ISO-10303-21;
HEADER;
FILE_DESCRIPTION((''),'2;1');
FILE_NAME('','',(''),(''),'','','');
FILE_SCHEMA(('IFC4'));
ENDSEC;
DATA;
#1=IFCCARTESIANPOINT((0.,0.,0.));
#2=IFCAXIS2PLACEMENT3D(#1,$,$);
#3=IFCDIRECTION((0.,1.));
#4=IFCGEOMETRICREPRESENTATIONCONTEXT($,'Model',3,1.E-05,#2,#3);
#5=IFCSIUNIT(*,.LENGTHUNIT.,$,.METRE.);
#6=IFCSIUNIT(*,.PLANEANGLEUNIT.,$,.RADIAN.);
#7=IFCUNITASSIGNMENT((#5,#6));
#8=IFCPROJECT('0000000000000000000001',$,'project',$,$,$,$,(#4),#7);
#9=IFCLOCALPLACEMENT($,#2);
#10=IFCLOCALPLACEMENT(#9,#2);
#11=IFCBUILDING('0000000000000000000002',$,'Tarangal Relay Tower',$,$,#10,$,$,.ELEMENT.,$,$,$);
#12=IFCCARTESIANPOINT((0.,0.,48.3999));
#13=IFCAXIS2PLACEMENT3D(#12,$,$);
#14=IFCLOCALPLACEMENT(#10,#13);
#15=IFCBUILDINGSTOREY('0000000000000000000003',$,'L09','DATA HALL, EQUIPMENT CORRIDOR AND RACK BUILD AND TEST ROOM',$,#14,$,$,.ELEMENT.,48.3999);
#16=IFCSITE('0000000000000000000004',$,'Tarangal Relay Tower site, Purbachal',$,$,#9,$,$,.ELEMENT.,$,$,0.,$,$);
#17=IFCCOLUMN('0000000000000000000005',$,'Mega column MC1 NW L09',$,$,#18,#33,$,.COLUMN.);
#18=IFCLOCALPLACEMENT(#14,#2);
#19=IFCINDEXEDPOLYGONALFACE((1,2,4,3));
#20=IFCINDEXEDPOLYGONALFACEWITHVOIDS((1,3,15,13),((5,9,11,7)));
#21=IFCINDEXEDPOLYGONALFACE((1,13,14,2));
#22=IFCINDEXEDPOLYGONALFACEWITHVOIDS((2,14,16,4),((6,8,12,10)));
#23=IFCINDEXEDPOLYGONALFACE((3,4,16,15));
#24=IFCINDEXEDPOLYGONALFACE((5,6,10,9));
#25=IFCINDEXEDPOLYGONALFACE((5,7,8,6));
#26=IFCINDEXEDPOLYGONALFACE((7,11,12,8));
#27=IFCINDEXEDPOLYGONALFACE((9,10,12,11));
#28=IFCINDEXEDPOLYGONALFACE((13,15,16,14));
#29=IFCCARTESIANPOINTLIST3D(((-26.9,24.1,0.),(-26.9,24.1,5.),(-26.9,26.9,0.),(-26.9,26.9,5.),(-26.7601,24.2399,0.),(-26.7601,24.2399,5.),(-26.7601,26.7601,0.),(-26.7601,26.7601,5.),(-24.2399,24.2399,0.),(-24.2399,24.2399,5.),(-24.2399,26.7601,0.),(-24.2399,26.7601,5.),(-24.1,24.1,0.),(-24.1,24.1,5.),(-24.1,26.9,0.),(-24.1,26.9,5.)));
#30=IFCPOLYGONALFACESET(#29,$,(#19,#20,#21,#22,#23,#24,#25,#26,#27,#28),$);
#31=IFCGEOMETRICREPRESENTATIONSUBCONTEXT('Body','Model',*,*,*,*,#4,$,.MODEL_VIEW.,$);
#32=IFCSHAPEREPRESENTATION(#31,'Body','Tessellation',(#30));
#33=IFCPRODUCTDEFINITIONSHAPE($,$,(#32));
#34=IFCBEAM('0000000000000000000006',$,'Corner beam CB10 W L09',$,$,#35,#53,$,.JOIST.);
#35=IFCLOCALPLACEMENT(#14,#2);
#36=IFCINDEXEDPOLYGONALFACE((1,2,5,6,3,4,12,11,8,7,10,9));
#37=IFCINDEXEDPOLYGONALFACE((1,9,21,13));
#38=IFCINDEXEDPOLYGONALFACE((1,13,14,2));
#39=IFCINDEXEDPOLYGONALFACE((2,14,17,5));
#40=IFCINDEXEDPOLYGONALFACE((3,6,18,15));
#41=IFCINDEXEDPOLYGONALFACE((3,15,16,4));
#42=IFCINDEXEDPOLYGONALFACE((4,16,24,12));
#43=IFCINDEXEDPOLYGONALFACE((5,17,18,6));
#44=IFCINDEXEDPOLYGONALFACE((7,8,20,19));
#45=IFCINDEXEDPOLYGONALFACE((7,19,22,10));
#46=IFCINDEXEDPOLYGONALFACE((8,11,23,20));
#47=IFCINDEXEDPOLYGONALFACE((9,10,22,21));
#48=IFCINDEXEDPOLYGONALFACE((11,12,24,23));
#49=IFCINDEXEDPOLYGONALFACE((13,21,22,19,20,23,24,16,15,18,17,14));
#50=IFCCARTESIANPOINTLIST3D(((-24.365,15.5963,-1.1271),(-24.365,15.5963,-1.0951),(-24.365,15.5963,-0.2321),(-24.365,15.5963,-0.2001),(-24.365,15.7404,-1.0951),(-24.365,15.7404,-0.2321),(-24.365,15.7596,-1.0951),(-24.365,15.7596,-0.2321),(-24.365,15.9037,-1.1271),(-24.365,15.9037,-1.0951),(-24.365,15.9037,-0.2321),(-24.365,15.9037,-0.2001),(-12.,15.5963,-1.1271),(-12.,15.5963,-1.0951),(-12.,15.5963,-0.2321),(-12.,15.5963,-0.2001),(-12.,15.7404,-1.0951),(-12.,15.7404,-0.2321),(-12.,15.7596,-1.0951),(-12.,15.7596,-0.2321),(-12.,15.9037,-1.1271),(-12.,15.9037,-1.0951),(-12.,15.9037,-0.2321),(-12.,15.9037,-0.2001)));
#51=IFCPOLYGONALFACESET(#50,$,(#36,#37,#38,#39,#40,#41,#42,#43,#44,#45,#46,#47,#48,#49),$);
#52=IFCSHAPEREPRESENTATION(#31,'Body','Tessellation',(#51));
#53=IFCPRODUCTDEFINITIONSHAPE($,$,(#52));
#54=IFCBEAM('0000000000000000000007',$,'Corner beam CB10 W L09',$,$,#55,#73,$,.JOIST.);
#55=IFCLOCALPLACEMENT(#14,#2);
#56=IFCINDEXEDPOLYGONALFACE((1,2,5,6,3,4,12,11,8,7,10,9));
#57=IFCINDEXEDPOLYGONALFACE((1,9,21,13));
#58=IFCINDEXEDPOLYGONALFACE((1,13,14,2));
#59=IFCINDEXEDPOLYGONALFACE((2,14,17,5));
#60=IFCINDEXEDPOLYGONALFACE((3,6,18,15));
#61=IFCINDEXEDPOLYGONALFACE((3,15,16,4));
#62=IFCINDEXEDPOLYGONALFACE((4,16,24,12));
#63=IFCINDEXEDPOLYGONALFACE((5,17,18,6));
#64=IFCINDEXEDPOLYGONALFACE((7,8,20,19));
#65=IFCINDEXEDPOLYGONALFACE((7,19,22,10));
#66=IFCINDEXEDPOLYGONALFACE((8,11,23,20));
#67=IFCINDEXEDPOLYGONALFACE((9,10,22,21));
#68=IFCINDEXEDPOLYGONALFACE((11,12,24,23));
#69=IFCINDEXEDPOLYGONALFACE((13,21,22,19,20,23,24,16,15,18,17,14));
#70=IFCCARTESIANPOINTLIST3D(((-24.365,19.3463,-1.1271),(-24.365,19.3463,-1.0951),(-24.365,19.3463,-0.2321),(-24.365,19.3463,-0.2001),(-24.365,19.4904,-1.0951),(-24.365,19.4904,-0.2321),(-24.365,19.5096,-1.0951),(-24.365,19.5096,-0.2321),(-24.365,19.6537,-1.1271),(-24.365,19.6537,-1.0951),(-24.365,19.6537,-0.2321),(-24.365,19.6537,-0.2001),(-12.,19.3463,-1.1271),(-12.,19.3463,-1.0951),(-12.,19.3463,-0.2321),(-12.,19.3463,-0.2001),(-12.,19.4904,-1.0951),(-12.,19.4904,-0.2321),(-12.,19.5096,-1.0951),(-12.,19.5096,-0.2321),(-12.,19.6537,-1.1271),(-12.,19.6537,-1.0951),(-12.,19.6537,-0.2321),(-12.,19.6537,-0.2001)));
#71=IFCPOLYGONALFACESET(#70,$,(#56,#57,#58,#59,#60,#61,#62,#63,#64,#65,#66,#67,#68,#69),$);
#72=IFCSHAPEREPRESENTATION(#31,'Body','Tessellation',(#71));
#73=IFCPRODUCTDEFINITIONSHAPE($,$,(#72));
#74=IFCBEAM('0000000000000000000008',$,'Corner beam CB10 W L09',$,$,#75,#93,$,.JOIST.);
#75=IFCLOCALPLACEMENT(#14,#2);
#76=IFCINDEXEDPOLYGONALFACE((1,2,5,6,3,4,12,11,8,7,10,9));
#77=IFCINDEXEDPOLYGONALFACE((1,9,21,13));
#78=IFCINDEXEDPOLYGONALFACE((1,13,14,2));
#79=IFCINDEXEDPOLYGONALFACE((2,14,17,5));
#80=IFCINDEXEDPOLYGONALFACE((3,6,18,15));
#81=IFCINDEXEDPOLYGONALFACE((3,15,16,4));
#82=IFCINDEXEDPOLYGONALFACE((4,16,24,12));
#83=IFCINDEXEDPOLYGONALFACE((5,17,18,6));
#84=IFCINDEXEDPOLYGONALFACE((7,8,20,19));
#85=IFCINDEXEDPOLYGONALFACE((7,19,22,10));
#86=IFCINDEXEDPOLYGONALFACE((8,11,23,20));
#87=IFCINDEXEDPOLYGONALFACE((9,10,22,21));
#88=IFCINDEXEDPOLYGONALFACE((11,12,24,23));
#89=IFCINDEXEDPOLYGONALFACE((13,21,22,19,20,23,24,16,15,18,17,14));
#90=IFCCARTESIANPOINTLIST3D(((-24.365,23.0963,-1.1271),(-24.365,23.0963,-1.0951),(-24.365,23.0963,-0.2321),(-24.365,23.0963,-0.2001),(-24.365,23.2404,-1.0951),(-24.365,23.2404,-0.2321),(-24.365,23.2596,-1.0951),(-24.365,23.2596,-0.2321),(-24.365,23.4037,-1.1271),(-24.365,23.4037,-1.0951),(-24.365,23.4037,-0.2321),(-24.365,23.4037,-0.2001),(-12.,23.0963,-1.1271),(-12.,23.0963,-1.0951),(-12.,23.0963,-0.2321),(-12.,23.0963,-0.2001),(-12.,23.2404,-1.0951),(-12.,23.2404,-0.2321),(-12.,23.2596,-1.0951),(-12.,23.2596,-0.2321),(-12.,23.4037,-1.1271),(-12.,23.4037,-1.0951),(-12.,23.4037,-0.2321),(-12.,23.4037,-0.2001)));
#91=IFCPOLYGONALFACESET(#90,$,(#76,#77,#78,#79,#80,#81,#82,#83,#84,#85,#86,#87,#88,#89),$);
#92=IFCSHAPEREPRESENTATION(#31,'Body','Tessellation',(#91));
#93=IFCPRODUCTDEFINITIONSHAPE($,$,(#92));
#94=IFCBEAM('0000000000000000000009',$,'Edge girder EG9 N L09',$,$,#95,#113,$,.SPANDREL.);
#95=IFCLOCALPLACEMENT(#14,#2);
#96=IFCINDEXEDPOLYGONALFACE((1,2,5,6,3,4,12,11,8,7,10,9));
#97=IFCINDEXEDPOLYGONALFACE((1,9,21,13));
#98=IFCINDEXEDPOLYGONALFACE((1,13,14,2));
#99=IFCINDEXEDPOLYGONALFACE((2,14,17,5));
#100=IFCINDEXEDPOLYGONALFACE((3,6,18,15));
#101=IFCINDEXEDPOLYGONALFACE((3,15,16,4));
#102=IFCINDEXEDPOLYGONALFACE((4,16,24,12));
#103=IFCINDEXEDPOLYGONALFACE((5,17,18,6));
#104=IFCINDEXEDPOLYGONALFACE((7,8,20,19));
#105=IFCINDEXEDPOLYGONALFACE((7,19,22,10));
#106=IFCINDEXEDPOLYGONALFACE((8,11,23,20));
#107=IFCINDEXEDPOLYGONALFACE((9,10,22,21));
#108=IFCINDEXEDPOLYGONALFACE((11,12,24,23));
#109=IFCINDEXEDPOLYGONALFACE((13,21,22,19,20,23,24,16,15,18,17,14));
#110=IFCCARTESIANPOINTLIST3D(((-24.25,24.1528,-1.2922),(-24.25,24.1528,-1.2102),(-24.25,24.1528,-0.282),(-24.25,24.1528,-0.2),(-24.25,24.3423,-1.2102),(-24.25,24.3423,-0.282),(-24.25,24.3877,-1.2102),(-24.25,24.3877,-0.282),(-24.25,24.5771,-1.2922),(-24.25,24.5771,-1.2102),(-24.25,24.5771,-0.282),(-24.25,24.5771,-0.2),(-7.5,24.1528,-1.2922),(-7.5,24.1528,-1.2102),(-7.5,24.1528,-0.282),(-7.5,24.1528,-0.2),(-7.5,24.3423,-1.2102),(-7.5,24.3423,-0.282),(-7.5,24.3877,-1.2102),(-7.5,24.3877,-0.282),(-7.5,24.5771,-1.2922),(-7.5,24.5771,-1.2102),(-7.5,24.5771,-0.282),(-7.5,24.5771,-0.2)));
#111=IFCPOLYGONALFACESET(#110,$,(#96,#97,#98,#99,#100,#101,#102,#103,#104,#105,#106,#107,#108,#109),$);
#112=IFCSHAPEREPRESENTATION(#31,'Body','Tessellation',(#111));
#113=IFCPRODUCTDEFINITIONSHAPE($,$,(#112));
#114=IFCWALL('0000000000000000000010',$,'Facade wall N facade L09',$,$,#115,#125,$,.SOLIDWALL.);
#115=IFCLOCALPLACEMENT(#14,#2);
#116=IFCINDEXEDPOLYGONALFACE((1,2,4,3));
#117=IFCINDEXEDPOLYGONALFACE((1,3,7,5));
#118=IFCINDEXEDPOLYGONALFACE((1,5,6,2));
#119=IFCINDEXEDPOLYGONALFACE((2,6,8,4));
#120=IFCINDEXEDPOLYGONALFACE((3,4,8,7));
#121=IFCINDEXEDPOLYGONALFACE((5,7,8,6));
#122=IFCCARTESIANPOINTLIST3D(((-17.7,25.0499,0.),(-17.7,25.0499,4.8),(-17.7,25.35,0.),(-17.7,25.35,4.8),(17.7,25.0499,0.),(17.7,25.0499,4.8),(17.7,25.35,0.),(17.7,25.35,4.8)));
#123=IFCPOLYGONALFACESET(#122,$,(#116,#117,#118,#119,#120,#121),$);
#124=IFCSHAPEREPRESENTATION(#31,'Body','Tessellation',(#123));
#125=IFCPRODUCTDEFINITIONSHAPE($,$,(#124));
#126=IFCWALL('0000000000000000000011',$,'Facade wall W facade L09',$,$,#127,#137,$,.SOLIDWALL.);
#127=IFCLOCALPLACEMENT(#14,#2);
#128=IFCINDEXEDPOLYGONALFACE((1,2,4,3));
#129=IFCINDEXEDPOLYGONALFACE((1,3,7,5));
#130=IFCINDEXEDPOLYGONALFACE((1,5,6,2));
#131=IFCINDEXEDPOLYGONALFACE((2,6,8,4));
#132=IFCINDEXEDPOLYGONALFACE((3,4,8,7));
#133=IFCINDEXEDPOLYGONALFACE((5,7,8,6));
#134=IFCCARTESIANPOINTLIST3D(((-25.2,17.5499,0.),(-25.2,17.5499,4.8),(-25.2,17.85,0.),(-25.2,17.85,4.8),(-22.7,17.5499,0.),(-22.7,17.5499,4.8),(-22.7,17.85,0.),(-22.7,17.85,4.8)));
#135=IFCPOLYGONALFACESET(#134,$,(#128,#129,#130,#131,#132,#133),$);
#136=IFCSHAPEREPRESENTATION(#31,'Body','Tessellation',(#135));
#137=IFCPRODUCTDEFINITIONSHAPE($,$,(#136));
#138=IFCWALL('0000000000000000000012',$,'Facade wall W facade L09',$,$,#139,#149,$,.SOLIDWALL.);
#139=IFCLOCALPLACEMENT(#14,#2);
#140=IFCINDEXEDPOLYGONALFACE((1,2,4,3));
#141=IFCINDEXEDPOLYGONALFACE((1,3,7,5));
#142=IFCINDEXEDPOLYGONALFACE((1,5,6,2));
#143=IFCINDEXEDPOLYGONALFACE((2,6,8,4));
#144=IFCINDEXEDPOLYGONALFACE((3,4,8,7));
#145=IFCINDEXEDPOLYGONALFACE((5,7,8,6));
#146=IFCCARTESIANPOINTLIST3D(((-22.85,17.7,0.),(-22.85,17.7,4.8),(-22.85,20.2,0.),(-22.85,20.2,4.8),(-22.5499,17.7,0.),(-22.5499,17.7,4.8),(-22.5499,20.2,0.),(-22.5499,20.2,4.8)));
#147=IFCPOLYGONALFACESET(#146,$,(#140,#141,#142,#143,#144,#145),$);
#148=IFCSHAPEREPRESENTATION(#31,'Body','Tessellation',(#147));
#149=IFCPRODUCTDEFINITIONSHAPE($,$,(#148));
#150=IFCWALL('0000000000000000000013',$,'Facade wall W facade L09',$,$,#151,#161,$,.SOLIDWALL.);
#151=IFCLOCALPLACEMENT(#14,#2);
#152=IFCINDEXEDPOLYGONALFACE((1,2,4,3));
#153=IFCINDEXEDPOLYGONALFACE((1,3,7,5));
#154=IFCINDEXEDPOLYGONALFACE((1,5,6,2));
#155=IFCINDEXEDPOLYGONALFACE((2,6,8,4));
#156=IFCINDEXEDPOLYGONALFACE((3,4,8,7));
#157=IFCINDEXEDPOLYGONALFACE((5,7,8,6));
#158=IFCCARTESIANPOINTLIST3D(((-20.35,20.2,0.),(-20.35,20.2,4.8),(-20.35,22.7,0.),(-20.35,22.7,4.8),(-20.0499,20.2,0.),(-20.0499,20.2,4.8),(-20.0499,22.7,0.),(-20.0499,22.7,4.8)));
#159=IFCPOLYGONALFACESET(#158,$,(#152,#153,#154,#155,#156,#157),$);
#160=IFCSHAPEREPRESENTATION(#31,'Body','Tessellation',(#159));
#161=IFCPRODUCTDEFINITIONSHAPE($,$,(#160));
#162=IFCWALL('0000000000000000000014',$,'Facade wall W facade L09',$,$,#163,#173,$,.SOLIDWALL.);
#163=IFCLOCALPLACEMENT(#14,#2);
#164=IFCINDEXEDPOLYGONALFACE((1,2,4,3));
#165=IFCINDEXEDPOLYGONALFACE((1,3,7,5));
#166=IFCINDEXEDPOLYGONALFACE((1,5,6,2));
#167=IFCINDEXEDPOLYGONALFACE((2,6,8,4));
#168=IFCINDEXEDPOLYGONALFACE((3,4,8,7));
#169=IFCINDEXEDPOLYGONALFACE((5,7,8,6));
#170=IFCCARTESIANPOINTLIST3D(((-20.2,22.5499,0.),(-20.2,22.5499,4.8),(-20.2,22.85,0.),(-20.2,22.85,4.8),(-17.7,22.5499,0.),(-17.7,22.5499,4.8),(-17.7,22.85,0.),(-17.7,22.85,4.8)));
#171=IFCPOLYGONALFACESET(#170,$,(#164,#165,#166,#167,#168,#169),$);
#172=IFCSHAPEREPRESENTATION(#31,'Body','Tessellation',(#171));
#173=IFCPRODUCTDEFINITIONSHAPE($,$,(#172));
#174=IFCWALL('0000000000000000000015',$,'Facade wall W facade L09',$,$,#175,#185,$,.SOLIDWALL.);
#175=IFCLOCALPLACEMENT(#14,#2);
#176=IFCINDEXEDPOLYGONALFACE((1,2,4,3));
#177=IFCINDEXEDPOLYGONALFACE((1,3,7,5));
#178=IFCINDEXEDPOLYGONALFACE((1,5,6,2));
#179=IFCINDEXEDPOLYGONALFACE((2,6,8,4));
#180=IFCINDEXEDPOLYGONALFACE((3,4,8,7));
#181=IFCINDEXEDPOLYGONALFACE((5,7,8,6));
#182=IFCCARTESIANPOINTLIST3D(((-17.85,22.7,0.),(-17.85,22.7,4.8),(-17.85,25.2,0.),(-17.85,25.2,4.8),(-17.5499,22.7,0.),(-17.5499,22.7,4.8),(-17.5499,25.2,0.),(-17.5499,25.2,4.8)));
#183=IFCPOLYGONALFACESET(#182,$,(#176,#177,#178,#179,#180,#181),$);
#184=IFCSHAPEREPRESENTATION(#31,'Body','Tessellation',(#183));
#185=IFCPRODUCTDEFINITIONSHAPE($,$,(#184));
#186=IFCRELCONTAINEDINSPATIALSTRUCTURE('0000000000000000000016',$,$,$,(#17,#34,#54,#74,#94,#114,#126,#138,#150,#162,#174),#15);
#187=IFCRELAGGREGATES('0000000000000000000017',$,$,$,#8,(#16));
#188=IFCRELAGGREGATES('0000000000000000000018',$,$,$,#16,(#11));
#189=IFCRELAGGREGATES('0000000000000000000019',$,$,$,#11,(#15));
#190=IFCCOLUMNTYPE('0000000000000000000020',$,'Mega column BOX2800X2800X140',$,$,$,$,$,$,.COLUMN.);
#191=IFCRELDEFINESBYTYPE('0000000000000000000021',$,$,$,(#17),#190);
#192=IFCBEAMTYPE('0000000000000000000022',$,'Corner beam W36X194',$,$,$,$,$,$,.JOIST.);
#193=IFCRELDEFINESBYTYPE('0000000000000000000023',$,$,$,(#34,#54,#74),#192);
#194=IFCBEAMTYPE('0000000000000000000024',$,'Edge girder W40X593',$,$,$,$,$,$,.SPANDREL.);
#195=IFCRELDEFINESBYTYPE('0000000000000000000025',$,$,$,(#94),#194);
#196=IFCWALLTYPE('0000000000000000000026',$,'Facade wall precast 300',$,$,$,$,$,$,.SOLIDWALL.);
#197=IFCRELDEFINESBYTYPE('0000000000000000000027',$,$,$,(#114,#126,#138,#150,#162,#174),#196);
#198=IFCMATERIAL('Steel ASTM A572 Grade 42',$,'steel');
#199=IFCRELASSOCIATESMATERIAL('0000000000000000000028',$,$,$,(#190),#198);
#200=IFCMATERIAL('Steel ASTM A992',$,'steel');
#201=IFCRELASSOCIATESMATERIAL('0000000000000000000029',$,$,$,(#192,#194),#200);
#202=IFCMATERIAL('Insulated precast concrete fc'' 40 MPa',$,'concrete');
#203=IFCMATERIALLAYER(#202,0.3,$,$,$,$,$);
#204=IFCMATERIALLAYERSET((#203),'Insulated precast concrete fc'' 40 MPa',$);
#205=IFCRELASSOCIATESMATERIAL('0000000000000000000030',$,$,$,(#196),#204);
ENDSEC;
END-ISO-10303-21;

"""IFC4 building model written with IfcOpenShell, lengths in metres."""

from ifc_helpers import new_model, si_unit, direction, frame, frame_2d, origin, origin_2d, place, context, subcontext, project, spatial, rectangle, hollow_rectangle, i_section, extrude, material, layer, layer_set, material_profile, profile_set, type_object, element, save


model = new_model("IFC4")

# Units and contexts
model_context = context("Model", 3, precision=1e-05, world=origin(), true_north=direction((0.0, 1.0)))
body_context = subcontext(model_context, "Body", "Model", "MODEL_VIEW")
ifc_project = project(units=[si_unit("LENGTHUNIT", "METRE"), si_unit("PLANEANGLEUNIT", "RADIAN")], contexts=[model_context])

# Site, building, storey
site_placement = place(None, origin())
site = spatial("IfcSite", under=ifc_project, at=site_placement, Name="Tarangal Relay Tower site, Purbachal", CompositionType="ELEMENT", RefElevation=0.0)
building_placement = place(site_placement, origin())
building = spatial("IfcBuilding", under=site, at=building_placement, Name="Tarangal Relay Tower", CompositionType="ELEMENT")
storey_placement = place(building_placement, frame((0.0, 0.0, 48.3999)))
storey = spatial("IfcBuildingStorey", under=building, at=storey_placement, Name="L09", Description="DATA HALL, EQUIPMENT CORRIDOR AND RACK BUILD AND TEST ROOM", CompositionType="ELEMENT", Elevation=48.3999)

# Column
ifc_material_1 = material(Name="Steel ASTM A572 Grade 42", Category="steel")
ifc_material_profile_1 = material_profile(ifc_material_1, hollow_rectangle(XDim=2.8, YDim=2.8, WallThickness=0.1399, at=origin_2d()), Name="BOX2800X2800X140")
ifc_profile_set_1 = profile_set([ifc_material_profile_1], Name="Steel ASTM A572 Grade 42")
column_type = type_object("IfcColumnType", Name="Mega column BOX2800X2800X140", PredefinedType="COLUMN", material=ifc_profile_set_1)
column_placement = place(storey_placement, frame((-25.5, 25.5, 0.0), z_axis=(0.0, 0.0, 1.0), x_axis=(1.0, 0.0, 0.0)))
element("IfcColumn", 1, at=column_placement, inside=storey, type_object=column_type, Name="Mega column MC1 NW L09", PredefinedType="COLUMN", context=body_context, shape_type="SweptSolid", body=[
    extrude(hollow_rectangle(XDim=2.8, YDim=2.8, WallThickness=0.1399, at=origin_2d()), origin(), (0.0, 0.0, 1.0), 5.0),
])

# Beams
ifc_material_2 = material(Name="Steel ASTM A992", Category="steel")
ifc_material_profile_2 = material_profile(ifc_material_2, i_section(OverallWidth=0.3074, OverallDepth=0.927, WebThickness=0.0193, FlangeThickness=0.032, at=origin_2d()), Name="W36X194")
ifc_profile_set_2 = profile_set([ifc_material_profile_2], Name="Steel ASTM A992")
beam_type_1 = type_object("IfcBeamType", Name="Corner beam W36X194", PredefinedType="JOIST", material=ifc_profile_set_2)
for number, where, z_axis, x_axis, name in (
    (2, (-12.0, 15.75, -0.6636), (-1.0, 0.0, 0.0), (0.0, -1.0, 0.0), "Corner beam CB10 W L09"),
    (3, (-12.0, 19.5, -0.6636), (-1.0, 0.0, 0.0), (0.0, -1.0, 0.0), "Corner beam CB10 W L09"),
    (4, (-12.0, 23.25, -0.6636), (-1.0, 0.0, 0.0), (0.0, -1.0, 0.0), "Corner beam CB10 W L09"),
):
    element("IfcBeam", number, at=place(storey_placement, frame(where, z_axis=z_axis, x_axis=x_axis)), inside=storey, type_object=beam_type_1, Name=name, PredefinedType="JOIST", context=body_context, shape_type="SweptSolid", body=[
        extrude(i_section(OverallWidth=0.3074, OverallDepth=0.927, WebThickness=0.0193, FlangeThickness=0.032, at=origin_2d()), origin(), (0.0, 0.0, 1.0), 12.365),
    ])
ifc_material_profile_3 = material_profile(ifc_material_2, i_section(OverallWidth=0.4243, OverallDepth=1.0923, WebThickness=0.0454, FlangeThickness=0.082, at=origin_2d()), Name="W40X593")
ifc_profile_set_3 = profile_set([ifc_material_profile_3], Name="Steel ASTM A992")
beam_type_2 = type_object("IfcBeamType", Name="Edge girder W40X593", PredefinedType="SPANDREL", material=ifc_profile_set_3)
beam_placement = place(storey_placement, frame((-24.25, 24.365, -0.7461), z_axis=(1.0, 0.0, 0.0), x_axis=(0.0, 1.0, 0.0)))
element("IfcBeam", 5, at=beam_placement, inside=storey, type_object=beam_type_2, Name="Edge girder EG9 N L09", PredefinedType="SPANDREL", context=body_context, shape_type="SweptSolid", body=[
    extrude(i_section(OverallWidth=0.4243, OverallDepth=1.0923, WebThickness=0.0454, FlangeThickness=0.082, at=origin_2d()), origin(), (0.0, 0.0, 1.0), 16.75),
])

# Walls
ifc_material_3 = material(Name="Insulated precast concrete fc' 40 MPa", Category="concrete")
ifc_layer_1 = layer(ifc_material_3, 0.3)
ifc_layer_set_1 = layer_set([ifc_layer_1], Name="Insulated precast concrete fc' 40 MPa")
wall_type_1 = type_object("IfcWallType", Name="Facade wall precast 300", PredefinedType="SOLIDWALL", material=ifc_layer_set_1)
wall_1_placement = place(storey_placement, frame((-17.7, 25.2, 0.0), z_axis=(0.0, 0.0, 1.0), x_axis=(1.0, 0.0, 0.0)))
element("IfcWall", 6, at=wall_1_placement, inside=storey, type_object=wall_type_1, Name="Facade wall N facade L09", PredefinedType="SOLIDWALL", context=body_context, shape_type="SweptSolid", body=[
    extrude(rectangle(XDim=35.3999, YDim=0.3, at=frame_2d((17.7, 0.0))), origin(), (0.0, 0.0, 1.0), 4.8),
])
for number, where, z_axis, x_axis, name in (
    (7, (-25.2, 17.7, 0.0), (0.0, 0.0, 1.0), (1.0, 0.0, 0.0), "Facade wall W facade L09"),
    (8, (-22.7, 17.7, 0.0), (0.0, 0.0, 1.0), (0.0, 1.0, 0.0), "Facade wall W facade L09"),
):
    element("IfcWall", number, at=place(storey_placement, frame(where, z_axis=z_axis, x_axis=x_axis)), inside=storey, type_object=wall_type_1, Name=name, PredefinedType="SOLIDWALL", context=body_context, shape_type="SweptSolid", body=[
        extrude(rectangle(XDim=2.5, YDim=0.3, at=frame_2d((1.25, 0.0))), origin(), (0.0, 0.0, 1.0), 4.8),
    ])

# Walls
for number, where, z_axis, x_axis, name in (
    (9, (-20.2, 20.2, 0.0), (0.0, 0.0, 1.0), (0.0, 1.0, 0.0), "Facade wall W facade L09"),
    (10, (-20.2, 22.7, 0.0), (0.0, 0.0, 1.0), (1.0, 0.0, 0.0), "Facade wall W facade L09"),
    (11, (-17.7, 22.7, 0.0), (0.0, 0.0, 1.0), (0.0, 1.0, 0.0), "Facade wall W facade L09"),
):
    element("IfcWall", number, at=place(storey_placement, frame(where, z_axis=z_axis, x_axis=x_axis)), inside=storey, type_object=wall_type_1, Name=name, PredefinedType="SOLIDWALL", context=body_context, shape_type="SweptSolid", body=[
        extrude(rectangle(XDim=2.5, YDim=0.3, at=frame_2d((1.25, 0.0))), origin(), (0.0, 0.0, 1.0), 4.8),
    ])

save(model, "model.ifc")
